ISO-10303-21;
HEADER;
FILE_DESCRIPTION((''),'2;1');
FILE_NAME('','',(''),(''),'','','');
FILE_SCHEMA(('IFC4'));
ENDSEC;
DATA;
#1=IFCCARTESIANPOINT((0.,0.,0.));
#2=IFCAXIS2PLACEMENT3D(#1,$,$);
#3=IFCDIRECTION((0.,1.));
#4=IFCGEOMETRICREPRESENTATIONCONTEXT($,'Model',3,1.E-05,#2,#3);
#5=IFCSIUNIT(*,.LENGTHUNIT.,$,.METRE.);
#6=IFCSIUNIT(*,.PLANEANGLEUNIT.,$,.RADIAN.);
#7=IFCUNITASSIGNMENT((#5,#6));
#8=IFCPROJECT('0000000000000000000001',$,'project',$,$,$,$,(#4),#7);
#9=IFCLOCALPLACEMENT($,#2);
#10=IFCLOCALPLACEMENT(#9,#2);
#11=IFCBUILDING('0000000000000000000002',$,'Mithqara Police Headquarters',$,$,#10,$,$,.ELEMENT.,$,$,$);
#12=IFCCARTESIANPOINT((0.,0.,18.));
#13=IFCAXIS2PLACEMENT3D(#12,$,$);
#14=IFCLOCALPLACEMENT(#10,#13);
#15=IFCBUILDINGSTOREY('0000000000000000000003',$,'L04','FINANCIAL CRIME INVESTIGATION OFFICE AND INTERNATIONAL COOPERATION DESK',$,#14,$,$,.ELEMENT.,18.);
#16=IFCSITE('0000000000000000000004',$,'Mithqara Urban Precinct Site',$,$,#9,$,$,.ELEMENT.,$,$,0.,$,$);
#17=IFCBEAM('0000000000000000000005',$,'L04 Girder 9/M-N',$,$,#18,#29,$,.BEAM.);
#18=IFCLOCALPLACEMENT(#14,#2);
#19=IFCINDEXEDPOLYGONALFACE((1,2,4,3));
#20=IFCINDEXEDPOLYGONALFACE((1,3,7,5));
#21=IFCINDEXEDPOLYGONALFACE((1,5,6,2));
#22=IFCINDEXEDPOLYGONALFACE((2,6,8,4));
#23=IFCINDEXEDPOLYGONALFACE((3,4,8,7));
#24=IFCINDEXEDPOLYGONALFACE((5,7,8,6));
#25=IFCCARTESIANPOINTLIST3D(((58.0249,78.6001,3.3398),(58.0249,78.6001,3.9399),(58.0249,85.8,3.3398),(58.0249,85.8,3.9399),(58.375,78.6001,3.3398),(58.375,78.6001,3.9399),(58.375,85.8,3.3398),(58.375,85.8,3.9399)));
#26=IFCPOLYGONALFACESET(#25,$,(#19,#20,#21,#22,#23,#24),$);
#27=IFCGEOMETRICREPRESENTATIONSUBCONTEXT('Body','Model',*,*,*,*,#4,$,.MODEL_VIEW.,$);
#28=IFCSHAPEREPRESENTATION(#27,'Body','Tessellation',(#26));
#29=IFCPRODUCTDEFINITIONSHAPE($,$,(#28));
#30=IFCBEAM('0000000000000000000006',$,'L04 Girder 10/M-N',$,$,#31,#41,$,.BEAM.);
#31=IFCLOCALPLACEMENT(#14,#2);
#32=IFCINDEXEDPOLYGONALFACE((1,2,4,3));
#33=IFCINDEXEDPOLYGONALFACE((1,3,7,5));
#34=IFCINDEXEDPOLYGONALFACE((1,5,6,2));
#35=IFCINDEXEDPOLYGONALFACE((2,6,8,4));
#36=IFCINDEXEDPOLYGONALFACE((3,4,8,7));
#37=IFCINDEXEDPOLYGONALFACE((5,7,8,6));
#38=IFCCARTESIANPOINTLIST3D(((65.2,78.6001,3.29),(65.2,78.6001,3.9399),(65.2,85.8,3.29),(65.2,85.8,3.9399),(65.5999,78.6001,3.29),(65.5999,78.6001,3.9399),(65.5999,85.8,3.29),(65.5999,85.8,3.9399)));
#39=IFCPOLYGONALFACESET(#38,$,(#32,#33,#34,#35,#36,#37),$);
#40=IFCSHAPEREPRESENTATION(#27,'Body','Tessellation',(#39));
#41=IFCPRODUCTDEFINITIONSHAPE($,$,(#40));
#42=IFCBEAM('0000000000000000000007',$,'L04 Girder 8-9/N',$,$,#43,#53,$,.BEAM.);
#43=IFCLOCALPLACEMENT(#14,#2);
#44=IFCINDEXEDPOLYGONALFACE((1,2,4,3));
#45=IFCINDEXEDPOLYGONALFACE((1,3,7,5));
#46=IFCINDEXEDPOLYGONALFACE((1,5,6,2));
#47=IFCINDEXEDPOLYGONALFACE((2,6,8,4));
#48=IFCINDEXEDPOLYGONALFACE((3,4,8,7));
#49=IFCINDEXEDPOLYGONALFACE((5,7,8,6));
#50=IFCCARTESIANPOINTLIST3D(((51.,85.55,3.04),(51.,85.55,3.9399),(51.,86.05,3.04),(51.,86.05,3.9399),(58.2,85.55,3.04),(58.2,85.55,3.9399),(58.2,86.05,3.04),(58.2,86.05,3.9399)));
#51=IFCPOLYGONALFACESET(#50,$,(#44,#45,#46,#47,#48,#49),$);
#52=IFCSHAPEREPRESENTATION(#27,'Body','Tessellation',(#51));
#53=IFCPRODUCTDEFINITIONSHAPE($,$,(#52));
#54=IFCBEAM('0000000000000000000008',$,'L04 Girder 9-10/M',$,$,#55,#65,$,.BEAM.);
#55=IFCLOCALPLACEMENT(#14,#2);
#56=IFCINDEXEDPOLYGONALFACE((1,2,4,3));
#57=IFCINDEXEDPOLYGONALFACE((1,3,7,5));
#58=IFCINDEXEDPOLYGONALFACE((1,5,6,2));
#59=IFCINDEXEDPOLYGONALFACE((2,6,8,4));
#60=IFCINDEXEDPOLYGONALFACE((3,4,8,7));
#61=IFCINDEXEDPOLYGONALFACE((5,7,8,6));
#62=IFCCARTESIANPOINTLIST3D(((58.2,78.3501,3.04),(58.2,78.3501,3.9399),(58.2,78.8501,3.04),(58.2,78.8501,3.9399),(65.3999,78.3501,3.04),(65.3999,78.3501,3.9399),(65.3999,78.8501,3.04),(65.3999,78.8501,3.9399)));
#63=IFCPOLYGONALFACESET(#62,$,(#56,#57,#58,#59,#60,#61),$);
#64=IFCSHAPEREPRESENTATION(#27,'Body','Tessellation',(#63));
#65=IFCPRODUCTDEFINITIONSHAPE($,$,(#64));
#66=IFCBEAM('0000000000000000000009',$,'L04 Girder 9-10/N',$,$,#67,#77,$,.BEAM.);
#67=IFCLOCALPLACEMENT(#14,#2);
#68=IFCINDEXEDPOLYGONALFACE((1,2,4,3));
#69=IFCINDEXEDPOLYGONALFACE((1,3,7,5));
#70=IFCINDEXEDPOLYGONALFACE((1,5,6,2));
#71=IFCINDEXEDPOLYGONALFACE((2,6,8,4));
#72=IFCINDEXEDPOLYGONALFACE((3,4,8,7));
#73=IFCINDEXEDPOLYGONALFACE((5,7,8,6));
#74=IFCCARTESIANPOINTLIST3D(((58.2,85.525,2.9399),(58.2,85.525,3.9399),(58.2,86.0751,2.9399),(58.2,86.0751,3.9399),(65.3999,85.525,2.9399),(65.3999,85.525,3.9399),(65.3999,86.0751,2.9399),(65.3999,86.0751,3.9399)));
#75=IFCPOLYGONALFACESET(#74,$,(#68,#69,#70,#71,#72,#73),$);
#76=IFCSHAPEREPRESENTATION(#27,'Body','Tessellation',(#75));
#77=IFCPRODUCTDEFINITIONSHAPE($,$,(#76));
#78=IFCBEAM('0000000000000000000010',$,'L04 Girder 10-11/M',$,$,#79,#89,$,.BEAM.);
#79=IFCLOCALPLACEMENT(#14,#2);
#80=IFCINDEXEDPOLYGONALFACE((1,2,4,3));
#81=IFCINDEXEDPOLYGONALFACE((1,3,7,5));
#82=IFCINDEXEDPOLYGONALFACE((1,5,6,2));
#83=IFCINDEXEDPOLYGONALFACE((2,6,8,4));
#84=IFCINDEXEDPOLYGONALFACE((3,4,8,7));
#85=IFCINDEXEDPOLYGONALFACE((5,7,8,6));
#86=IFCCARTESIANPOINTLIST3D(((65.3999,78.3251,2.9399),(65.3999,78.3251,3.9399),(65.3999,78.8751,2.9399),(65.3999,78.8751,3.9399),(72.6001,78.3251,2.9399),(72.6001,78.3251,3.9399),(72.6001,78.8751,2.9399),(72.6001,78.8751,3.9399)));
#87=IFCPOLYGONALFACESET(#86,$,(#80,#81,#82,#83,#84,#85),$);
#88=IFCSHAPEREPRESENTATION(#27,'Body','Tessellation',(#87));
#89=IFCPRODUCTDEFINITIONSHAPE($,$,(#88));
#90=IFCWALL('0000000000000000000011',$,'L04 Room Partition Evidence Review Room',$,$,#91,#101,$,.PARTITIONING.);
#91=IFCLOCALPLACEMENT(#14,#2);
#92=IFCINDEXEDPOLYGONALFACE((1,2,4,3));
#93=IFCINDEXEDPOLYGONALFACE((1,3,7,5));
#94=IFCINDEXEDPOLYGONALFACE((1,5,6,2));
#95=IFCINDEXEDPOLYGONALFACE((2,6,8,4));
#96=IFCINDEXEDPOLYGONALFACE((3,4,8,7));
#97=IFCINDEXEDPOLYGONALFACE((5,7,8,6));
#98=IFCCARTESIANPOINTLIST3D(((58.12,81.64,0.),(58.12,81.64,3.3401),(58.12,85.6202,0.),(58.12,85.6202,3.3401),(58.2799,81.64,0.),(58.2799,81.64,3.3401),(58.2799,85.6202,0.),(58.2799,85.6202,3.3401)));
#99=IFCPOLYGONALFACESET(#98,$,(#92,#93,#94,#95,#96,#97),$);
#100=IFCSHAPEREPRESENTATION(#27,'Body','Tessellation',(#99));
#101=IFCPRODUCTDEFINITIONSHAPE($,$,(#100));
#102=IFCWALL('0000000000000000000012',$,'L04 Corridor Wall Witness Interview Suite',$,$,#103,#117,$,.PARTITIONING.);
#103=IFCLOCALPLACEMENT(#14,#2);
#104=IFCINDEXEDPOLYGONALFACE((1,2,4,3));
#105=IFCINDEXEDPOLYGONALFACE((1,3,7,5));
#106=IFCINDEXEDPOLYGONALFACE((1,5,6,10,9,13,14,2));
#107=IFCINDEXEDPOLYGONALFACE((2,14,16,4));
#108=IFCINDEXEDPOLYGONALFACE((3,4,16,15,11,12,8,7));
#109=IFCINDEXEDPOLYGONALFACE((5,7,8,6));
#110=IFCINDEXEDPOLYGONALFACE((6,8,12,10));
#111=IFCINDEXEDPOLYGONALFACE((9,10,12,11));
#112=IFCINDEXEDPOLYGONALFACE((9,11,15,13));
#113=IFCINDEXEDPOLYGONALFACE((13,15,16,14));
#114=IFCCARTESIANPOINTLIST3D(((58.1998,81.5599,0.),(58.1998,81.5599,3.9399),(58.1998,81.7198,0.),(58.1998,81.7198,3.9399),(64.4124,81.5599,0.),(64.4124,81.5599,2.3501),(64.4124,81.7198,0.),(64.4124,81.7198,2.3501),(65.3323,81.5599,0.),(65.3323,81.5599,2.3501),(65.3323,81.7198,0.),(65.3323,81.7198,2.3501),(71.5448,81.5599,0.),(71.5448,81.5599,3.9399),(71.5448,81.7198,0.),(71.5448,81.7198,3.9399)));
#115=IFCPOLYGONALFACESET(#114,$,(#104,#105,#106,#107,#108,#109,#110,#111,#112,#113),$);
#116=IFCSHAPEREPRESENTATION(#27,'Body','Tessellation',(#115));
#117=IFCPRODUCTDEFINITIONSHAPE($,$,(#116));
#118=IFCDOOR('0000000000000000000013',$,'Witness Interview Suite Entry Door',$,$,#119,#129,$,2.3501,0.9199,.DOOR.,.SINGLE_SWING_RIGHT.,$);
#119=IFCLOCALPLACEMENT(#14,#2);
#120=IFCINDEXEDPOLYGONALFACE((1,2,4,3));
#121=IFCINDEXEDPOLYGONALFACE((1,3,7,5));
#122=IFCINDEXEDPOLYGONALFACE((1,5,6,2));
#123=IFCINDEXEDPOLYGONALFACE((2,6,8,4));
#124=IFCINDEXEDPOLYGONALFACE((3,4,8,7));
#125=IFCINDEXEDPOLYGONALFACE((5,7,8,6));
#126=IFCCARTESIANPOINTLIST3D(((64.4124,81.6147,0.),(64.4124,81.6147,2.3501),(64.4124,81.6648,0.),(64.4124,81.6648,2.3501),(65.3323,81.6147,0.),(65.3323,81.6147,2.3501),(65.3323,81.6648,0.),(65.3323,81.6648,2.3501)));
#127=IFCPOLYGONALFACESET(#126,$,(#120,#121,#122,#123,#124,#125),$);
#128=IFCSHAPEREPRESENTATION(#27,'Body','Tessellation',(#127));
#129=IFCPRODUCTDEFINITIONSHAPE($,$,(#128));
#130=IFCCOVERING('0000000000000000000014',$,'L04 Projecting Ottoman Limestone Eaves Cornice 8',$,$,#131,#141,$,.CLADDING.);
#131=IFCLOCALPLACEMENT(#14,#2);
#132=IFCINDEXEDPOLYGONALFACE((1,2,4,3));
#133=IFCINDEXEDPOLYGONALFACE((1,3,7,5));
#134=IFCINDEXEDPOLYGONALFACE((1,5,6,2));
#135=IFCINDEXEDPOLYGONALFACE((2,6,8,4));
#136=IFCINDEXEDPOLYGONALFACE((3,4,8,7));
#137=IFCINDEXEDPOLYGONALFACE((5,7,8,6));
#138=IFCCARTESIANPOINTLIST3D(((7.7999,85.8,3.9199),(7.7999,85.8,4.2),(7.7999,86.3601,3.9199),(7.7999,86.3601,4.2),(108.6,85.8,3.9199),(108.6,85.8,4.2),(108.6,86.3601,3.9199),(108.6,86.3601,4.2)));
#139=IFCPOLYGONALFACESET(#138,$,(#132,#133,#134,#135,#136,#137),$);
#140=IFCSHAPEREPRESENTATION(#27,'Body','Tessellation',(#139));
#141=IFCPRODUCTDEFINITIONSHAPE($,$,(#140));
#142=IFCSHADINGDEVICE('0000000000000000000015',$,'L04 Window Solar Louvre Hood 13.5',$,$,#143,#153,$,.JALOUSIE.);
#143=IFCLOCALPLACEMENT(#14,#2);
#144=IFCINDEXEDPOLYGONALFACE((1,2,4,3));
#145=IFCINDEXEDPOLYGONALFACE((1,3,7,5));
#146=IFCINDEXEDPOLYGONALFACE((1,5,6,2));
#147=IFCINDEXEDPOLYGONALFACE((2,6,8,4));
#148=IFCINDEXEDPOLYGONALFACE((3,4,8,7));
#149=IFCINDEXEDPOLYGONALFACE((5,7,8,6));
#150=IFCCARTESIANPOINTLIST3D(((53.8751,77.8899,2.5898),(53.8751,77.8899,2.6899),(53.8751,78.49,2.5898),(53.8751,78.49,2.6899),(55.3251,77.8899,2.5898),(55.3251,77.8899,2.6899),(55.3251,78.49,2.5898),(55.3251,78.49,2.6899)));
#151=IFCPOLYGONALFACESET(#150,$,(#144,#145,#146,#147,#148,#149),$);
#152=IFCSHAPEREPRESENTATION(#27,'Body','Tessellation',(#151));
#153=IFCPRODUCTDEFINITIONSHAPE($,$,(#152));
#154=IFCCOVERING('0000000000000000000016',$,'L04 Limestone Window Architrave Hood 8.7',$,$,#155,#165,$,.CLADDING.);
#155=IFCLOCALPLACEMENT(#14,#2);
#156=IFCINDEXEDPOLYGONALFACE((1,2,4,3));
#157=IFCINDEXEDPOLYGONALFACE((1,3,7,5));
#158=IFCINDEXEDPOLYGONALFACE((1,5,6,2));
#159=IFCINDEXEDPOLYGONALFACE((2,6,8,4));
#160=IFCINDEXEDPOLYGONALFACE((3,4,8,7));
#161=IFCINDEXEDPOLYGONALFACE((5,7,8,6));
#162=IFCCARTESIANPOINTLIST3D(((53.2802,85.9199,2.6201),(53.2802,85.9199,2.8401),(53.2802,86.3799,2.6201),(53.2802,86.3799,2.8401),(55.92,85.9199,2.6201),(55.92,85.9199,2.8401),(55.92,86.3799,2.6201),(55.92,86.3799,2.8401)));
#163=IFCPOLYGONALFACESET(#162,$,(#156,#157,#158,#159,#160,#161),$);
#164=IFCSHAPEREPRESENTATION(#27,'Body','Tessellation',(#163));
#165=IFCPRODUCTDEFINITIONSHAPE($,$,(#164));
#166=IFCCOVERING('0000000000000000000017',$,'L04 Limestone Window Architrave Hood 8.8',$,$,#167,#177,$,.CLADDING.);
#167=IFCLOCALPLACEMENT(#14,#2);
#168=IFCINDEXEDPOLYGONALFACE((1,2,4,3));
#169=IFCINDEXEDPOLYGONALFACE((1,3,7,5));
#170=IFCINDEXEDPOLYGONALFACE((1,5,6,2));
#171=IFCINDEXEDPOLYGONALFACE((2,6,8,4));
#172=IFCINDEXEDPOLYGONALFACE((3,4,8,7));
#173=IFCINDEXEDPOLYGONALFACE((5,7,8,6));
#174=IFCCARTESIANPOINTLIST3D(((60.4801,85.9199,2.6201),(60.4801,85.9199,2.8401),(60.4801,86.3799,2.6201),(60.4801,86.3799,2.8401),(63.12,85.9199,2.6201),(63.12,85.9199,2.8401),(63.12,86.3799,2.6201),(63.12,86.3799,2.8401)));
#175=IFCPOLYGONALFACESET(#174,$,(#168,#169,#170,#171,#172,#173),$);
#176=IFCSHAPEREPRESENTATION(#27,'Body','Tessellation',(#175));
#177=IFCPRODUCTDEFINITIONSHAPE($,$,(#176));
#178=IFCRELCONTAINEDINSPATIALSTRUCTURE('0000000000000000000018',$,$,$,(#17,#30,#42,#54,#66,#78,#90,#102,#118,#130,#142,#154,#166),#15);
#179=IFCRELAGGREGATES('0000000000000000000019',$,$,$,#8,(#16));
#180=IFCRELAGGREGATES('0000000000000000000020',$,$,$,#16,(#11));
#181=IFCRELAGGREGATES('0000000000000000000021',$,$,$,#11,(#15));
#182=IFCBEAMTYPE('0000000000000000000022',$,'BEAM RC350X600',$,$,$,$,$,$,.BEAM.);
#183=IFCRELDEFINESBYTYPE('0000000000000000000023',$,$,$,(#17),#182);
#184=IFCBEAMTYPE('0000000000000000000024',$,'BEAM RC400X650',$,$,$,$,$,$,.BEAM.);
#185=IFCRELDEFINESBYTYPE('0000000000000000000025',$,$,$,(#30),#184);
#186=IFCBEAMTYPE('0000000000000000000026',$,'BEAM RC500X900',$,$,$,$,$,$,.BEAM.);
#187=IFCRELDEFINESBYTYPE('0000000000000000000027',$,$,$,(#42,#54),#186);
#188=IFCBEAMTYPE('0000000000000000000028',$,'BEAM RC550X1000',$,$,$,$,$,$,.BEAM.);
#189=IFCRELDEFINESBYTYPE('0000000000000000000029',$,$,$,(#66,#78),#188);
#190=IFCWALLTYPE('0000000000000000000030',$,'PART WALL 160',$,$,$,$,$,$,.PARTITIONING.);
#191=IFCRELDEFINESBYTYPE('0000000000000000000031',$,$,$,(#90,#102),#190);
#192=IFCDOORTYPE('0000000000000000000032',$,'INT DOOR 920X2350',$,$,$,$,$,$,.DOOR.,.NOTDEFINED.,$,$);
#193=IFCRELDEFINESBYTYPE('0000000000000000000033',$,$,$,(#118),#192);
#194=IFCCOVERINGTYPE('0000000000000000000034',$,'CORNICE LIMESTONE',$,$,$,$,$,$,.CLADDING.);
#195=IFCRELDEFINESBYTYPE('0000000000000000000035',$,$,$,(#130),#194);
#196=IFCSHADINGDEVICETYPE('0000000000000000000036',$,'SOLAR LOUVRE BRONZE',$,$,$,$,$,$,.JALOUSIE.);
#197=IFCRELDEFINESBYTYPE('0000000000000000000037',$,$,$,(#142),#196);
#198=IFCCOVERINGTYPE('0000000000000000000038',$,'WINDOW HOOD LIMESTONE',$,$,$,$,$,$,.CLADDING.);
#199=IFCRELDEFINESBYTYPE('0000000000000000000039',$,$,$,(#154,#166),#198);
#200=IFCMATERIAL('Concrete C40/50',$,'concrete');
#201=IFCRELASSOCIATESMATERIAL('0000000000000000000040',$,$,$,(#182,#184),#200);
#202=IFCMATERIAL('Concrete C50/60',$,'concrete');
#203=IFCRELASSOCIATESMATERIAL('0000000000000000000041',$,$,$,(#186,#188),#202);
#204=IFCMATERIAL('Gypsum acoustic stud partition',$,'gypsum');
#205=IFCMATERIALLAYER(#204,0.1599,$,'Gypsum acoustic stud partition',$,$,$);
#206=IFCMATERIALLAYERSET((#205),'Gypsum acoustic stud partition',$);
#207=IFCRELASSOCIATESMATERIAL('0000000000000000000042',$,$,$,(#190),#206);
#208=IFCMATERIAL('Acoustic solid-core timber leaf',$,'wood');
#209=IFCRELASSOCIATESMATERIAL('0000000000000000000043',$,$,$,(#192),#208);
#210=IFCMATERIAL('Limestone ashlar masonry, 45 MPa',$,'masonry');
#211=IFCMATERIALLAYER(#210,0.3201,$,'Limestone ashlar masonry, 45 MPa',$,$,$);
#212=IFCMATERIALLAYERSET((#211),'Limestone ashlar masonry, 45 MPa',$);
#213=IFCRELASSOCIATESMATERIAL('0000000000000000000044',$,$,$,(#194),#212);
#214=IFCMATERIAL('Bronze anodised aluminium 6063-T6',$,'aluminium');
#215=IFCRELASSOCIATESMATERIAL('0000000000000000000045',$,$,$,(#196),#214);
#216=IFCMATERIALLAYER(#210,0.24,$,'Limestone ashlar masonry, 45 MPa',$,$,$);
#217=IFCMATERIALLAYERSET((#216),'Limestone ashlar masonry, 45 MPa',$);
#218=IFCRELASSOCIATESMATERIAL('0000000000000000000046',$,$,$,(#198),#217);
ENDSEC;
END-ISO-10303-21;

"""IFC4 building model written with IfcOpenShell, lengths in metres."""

from ifc_helpers import new_model, si_unit, direction, frame, frame_2d, origin, origin_2d, place, context, subcontext, project, spatial, rectangle, extrude, material, layer, layer_set, material_profile, profile_set, type_object, element, fill, save


model = new_model("IFC4")

# Units and contexts
model_context = context("Model", 3, precision=1e-05, world=origin(), true_north=direction((0.0, 1.0)))
body_context = subcontext(model_context, "Body", "Model", "MODEL_VIEW")
ifc_project = project(units=[si_unit("LENGTHUNIT", "METRE"), si_unit("PLANEANGLEUNIT", "RADIAN")], contexts=[model_context])

# Site, building, storey
site_placement = place(None, origin())
site = spatial("IfcSite", under=ifc_project, at=site_placement, Name="Mithqara Urban Precinct Site", CompositionType="ELEMENT", RefElevation=0.0)
building_placement = place(site_placement, origin())
building = spatial("IfcBuilding", under=site, at=building_placement, Name="Mithqara Police Headquarters", CompositionType="ELEMENT")
storey_placement = place(building_placement, frame((0.0, 0.0, 18.0)))
storey = spatial("IfcBuildingStorey", under=building, at=storey_placement, Name="L04", Description="FINANCIAL CRIME INVESTIGATION OFFICE AND INTERNATIONAL COOPERATION DESK", CompositionType="ELEMENT", Elevation=18.0)

# Shared definitions
ifc_material_1 = material(Name="Concrete C50/60", Category="concrete")

# Beams
ifc_material_2 = material(Name="Concrete C40/50", Category="concrete")
ifc_material_profile_1 = material_profile(ifc_material_2, rectangle(XDim=0.3501, YDim=0.6001, at=origin_2d()), Name="RC 350x600")
ifc_profile_set_1 = profile_set([ifc_material_profile_1], Name="Concrete C40/50")
beam_type_1 = type_object("IfcBeamType", Name="BEAM RC350X600", PredefinedType="BEAM", material=ifc_profile_set_1)
beam_1_placement = place(storey_placement, frame((58.2, 78.6001, 3.6399), z_axis=(0.0, 1.0, 0.0), x_axis=(-1.0, 0.0, 0.0)))
element("IfcBeam", 1, at=beam_1_placement, inside=storey, type_object=beam_type_1, Name="L04 Girder 9/M-N", PredefinedType="BEAM", context=body_context, shape_type="SweptSolid", body=[
    extrude(rectangle(XDim=0.3501, YDim=0.6001, at=origin_2d()), origin(), (0.0, 0.0, 1.0), 7.2),
])
ifc_material_profile_2 = material_profile(ifc_material_2, rectangle(XDim=0.3999, YDim=0.6499, at=origin_2d()), Name="RC 400x650")
ifc_profile_set_2 = profile_set([ifc_material_profile_2], Name="Concrete C40/50")
beam_type_2 = type_object("IfcBeamType", Name="BEAM RC400X650", PredefinedType="BEAM", material=ifc_profile_set_2)
beam_2_placement = place(storey_placement, frame((65.3999, 78.6001, 3.615), z_axis=(0.0, 1.0, 0.0), x_axis=(-1.0, 0.0, 0.0)))
element("IfcBeam", 2, at=beam_2_placement, inside=storey, type_object=beam_type_2, Name="L04 Girder 10/M-N", PredefinedType="BEAM", context=body_context, shape_type="SweptSolid", body=[
    extrude(rectangle(XDim=0.3999, YDim=0.6499, at=origin_2d()), origin(), (0.0, 0.0, 1.0), 7.2),
])
ifc_material_profile_3 = material_profile(ifc_material_1, rectangle(XDim=0.5, YDim=0.8999, at=origin_2d()), Name="RC 500x900")
ifc_profile_set_3 = profile_set([ifc_material_profile_3], Name="Concrete C50/60")
beam_type_3 = type_object("IfcBeamType", Name="BEAM RC500X900", PredefinedType="BEAM", material=ifc_profile_set_3)
for number, where, z_axis, x_axis, name in (
    (3, (51.0, 85.8, 3.49), (1.0, 0.0, 0.0), (0.0, 1.0, 0.0), "L04 Girder 8-9/N"),
    (4, (58.2, 78.6001, 3.49), (1.0, 0.0, 0.0), (0.0, 1.0, 0.0), "L04 Girder 9-10/M"),
):
    element("IfcBeam", number, at=place(storey_placement, frame(where, z_axis=z_axis, x_axis=x_axis)), inside=storey, type_object=beam_type_3, Name=name, PredefinedType="BEAM", context=body_context, shape_type="SweptSolid", body=[
        extrude(rectangle(XDim=0.5, YDim=0.8999, at=origin_2d()), origin(), (0.0, 0.0, 1.0), 7.2),
    ])
ifc_material_profile_4 = material_profile(ifc_material_1, rectangle(XDim=0.55, YDim=1.0, at=origin_2d()), Name="RC 550x1000")
ifc_profile_set_4 = profile_set([ifc_material_profile_4], Name="Concrete C50/60")
beam_type_4 = type_object("IfcBeamType", Name="BEAM RC550X1000", PredefinedType="BEAM", material=ifc_profile_set_4)
beam_3_placement = place(storey_placement, frame((58.2, 85.8, 3.4399), z_axis=(1.0, 0.0, 0.0), x_axis=(0.0, 1.0, 0.0)))
element("IfcBeam", 5, at=beam_3_placement, inside=storey, type_object=beam_type_4, Name="L04 Girder 9-10/N", PredefinedType="BEAM", context=body_context, shape_type="SweptSolid", body=[
    extrude(rectangle(XDim=0.55, YDim=1.0, at=origin_2d()), origin(), (0.0, 0.0, 1.0), 7.2),
])
beam_4_placement = place(storey_placement, frame((65.3999, 78.6001, 3.4399), z_axis=(1.0, 0.0, 0.0), x_axis=(0.0, 1.0, 0.0)))
element("IfcBeam", 6, at=beam_4_placement, inside=storey, type_object=beam_type_4, Name="L04 Girder 10-11/M", PredefinedType="BEAM", context=body_context, shape_type="SweptSolid", body=[
    extrude(rectangle(XDim=0.55, YDim=1.0, at=origin_2d()), origin(), (0.0, 0.0, 1.0), 7.2002),
])

# Wall
ifc_material_3 = material(Name="Gypsum acoustic stud partition", Category="gypsum")
ifc_layer_1 = layer(ifc_material_3, 0.1599, Name="Gypsum acoustic stud partition")
ifc_layer_set_1 = layer_set([ifc_layer_1], Name="Gypsum acoustic stud partition")
wall_type = type_object("IfcWallType", Name="PART WALL 160", PredefinedType="PARTITIONING", material=ifc_layer_set_1)
wall_1_placement = place(storey_placement, frame((58.2, 81.6399, 0.0), z_axis=(0.0, 0.0, 1.0), x_axis=(0.0, 1.0, 0.0)))
element("IfcWall", 7, at=wall_1_placement, inside=storey, type_object=wall_type, Name="L04 Room Partition Evidence Review Room", PredefinedType="PARTITIONING", context=body_context, shape_type="SweptSolid", body=[
    extrude(rectangle(XDim=3.9802, YDim=0.1599, at=frame_2d((1.9902, 0.0))), origin(), (0.0, 0.0, 1.0), 3.3401),
])

# Wall, opening, door
wall_2_placement = place(storey_placement, frame((58.2, 81.6399, 0.0), z_axis=(0.0, 0.0, 1.0), x_axis=(1.0, 0.0, 0.0)))
wall_2 = element("IfcWall", 8, at=wall_2_placement, inside=storey, type_object=wall_type, Name="L04 Corridor Wall Witness Interview Suite", PredefinedType="PARTITIONING", context=body_context, shape_type="SweptSolid", body=[
    extrude(rectangle(XDim=13.345, YDim=0.1599, at=frame_2d((6.6724, 0.0))), origin(), (0.0, 0.0, 1.0), 3.9399),
])
opening_placement = place(wall_2_placement, frame((6.2124, 0.0, 0.0)))
opening = element("IfcOpeningElement", 9, at=opening_placement, cuts=wall_2, PredefinedType="OPENING", context=body_context, shape_type="SweptSolid", body=[
    extrude(rectangle(XDim=0.9199, YDim=2.3501, at=frame_2d((0.46, 1.175))), frame((0.0, 0.0898, 0.0), z_axis=(0.0, -1.0, 0.0), x_axis=(1.0, 0.0, 0.0)), (0.0, 0.0, 1.0), 0.1799),
])
ifc_material_4 = material(Name="Acoustic solid-core timber leaf", Category="wood")
door_type = type_object("IfcDoorType", Name="INT DOOR 920X2350", OperationType="NOTDEFINED", PredefinedType="DOOR", material=ifc_material_4)
door_placement = place(opening_placement, origin())
door = element("IfcDoor", 10, at=door_placement, inside=storey, type_object=door_type, Name="Witness Interview Suite Entry Door", OperationType="SINGLE_SWING_RIGHT", OverallHeight=2.3501, OverallWidth=0.9199, PredefinedType="DOOR", context=body_context, shape_type="SweptSolid", body=[
    extrude(rectangle(XDim=0.9199, YDim=2.3501, at=frame_2d((0.46, 1.175))), frame((0.0, 0.0249, 0.0), z_axis=(0.0, -1.0, 0.0), x_axis=(1.0, 0.0, 0.0)), (0.0, 0.0, 1.0), 0.05),
])
fill(opening, door)

# Covering
ifc_material_5 = material(Name="Limestone ashlar masonry, 45 MPa", Category="masonry")
ifc_layer_2 = layer(ifc_material_5, 0.3201, Name="Limestone ashlar masonry, 45 MPa")
ifc_layer_set_2 = layer_set([ifc_layer_2], Name="Limestone ashlar masonry, 45 MPa")
covering_type_1 = type_object("IfcCoveringType", Name="CORNICE LIMESTONE", PredefinedType="CLADDING", material=ifc_layer_set_2)
covering_placement = place(storey_placement, frame((58.2, 86.0801, 3.9199), z_axis=(0.0, 0.0, 1.0), x_axis=(1.0, 0.0, 0.0)))
element("IfcCovering", 11, at=covering_placement, inside=storey, type_object=covering_type_1, Name="L04 Projecting Ottoman Limestone Eaves Cornice 8", PredefinedType="CLADDING", context=body_context, shape_type="SweptSolid", body=[
    extrude(rectangle(XDim=100.8, YDim=0.5601, at=origin_2d()), origin(), (0.0, 0.0, 1.0), 0.28),
])

# Shading device
ifc_material_6 = material(Name="Bronze anodised aluminium 6063-T6", Category="aluminium")
shading_device_type = type_object("IfcShadingDeviceType", Name="SOLAR LOUVRE BRONZE", PredefinedType="JALOUSIE", material=ifc_material_6)
shading_device_placement = place(storey_placement, frame((54.6001, 78.1899, 2.5898), z_axis=(0.0, 0.0, 1.0), x_axis=(1.0, 0.0, 0.0)))
element("IfcShadingDevice", 12, at=shading_device_placement, inside=storey, type_object=shading_device_type, Name="L04 Window Solar Louvre Hood 13.5", PredefinedType="JALOUSIE", context=body_context, shape_type="SweptSolid", body=[
    extrude(rectangle(XDim=1.45, YDim=0.6001, at=origin_2d()), origin(), (0.0, 0.0, 1.0), 0.1001),
])

# Coverings
ifc_layer_3 = layer(ifc_material_5, 0.24, Name="Limestone ashlar masonry, 45 MPa")
ifc_layer_set_3 = layer_set([ifc_layer_3], Name="Limestone ashlar masonry, 45 MPa")
covering_type_2 = type_object("IfcCoveringType", Name="WINDOW HOOD LIMESTONE", PredefinedType="CLADDING", material=ifc_layer_set_3)
for number, where, z_axis, x_axis, name in (
    (13, (54.6001, 86.1499, 2.6201), (0.0, 0.0, 1.0), (1.0, 0.0, 0.0), "L04 Limestone Window Architrave Hood 8.7"),
    (14, (61.8, 86.1499, 2.6201), (0.0, 0.0, 1.0), (1.0, 0.0, 0.0), "L04 Limestone Window Architrave Hood 8.8"),
):
    element("IfcCovering", number, at=place(storey_placement, frame(where, z_axis=z_axis, x_axis=x_axis)), inside=storey, type_object=covering_type_2, Name=name, PredefinedType="CLADDING", context=body_context, shape_type="SweptSolid", body=[
        extrude(rectangle(XDim=2.6399, YDim=0.46, at=origin_2d()), origin(), (0.0, 0.0, 1.0), 0.22),
    ])

save(model, "model.ifc")
